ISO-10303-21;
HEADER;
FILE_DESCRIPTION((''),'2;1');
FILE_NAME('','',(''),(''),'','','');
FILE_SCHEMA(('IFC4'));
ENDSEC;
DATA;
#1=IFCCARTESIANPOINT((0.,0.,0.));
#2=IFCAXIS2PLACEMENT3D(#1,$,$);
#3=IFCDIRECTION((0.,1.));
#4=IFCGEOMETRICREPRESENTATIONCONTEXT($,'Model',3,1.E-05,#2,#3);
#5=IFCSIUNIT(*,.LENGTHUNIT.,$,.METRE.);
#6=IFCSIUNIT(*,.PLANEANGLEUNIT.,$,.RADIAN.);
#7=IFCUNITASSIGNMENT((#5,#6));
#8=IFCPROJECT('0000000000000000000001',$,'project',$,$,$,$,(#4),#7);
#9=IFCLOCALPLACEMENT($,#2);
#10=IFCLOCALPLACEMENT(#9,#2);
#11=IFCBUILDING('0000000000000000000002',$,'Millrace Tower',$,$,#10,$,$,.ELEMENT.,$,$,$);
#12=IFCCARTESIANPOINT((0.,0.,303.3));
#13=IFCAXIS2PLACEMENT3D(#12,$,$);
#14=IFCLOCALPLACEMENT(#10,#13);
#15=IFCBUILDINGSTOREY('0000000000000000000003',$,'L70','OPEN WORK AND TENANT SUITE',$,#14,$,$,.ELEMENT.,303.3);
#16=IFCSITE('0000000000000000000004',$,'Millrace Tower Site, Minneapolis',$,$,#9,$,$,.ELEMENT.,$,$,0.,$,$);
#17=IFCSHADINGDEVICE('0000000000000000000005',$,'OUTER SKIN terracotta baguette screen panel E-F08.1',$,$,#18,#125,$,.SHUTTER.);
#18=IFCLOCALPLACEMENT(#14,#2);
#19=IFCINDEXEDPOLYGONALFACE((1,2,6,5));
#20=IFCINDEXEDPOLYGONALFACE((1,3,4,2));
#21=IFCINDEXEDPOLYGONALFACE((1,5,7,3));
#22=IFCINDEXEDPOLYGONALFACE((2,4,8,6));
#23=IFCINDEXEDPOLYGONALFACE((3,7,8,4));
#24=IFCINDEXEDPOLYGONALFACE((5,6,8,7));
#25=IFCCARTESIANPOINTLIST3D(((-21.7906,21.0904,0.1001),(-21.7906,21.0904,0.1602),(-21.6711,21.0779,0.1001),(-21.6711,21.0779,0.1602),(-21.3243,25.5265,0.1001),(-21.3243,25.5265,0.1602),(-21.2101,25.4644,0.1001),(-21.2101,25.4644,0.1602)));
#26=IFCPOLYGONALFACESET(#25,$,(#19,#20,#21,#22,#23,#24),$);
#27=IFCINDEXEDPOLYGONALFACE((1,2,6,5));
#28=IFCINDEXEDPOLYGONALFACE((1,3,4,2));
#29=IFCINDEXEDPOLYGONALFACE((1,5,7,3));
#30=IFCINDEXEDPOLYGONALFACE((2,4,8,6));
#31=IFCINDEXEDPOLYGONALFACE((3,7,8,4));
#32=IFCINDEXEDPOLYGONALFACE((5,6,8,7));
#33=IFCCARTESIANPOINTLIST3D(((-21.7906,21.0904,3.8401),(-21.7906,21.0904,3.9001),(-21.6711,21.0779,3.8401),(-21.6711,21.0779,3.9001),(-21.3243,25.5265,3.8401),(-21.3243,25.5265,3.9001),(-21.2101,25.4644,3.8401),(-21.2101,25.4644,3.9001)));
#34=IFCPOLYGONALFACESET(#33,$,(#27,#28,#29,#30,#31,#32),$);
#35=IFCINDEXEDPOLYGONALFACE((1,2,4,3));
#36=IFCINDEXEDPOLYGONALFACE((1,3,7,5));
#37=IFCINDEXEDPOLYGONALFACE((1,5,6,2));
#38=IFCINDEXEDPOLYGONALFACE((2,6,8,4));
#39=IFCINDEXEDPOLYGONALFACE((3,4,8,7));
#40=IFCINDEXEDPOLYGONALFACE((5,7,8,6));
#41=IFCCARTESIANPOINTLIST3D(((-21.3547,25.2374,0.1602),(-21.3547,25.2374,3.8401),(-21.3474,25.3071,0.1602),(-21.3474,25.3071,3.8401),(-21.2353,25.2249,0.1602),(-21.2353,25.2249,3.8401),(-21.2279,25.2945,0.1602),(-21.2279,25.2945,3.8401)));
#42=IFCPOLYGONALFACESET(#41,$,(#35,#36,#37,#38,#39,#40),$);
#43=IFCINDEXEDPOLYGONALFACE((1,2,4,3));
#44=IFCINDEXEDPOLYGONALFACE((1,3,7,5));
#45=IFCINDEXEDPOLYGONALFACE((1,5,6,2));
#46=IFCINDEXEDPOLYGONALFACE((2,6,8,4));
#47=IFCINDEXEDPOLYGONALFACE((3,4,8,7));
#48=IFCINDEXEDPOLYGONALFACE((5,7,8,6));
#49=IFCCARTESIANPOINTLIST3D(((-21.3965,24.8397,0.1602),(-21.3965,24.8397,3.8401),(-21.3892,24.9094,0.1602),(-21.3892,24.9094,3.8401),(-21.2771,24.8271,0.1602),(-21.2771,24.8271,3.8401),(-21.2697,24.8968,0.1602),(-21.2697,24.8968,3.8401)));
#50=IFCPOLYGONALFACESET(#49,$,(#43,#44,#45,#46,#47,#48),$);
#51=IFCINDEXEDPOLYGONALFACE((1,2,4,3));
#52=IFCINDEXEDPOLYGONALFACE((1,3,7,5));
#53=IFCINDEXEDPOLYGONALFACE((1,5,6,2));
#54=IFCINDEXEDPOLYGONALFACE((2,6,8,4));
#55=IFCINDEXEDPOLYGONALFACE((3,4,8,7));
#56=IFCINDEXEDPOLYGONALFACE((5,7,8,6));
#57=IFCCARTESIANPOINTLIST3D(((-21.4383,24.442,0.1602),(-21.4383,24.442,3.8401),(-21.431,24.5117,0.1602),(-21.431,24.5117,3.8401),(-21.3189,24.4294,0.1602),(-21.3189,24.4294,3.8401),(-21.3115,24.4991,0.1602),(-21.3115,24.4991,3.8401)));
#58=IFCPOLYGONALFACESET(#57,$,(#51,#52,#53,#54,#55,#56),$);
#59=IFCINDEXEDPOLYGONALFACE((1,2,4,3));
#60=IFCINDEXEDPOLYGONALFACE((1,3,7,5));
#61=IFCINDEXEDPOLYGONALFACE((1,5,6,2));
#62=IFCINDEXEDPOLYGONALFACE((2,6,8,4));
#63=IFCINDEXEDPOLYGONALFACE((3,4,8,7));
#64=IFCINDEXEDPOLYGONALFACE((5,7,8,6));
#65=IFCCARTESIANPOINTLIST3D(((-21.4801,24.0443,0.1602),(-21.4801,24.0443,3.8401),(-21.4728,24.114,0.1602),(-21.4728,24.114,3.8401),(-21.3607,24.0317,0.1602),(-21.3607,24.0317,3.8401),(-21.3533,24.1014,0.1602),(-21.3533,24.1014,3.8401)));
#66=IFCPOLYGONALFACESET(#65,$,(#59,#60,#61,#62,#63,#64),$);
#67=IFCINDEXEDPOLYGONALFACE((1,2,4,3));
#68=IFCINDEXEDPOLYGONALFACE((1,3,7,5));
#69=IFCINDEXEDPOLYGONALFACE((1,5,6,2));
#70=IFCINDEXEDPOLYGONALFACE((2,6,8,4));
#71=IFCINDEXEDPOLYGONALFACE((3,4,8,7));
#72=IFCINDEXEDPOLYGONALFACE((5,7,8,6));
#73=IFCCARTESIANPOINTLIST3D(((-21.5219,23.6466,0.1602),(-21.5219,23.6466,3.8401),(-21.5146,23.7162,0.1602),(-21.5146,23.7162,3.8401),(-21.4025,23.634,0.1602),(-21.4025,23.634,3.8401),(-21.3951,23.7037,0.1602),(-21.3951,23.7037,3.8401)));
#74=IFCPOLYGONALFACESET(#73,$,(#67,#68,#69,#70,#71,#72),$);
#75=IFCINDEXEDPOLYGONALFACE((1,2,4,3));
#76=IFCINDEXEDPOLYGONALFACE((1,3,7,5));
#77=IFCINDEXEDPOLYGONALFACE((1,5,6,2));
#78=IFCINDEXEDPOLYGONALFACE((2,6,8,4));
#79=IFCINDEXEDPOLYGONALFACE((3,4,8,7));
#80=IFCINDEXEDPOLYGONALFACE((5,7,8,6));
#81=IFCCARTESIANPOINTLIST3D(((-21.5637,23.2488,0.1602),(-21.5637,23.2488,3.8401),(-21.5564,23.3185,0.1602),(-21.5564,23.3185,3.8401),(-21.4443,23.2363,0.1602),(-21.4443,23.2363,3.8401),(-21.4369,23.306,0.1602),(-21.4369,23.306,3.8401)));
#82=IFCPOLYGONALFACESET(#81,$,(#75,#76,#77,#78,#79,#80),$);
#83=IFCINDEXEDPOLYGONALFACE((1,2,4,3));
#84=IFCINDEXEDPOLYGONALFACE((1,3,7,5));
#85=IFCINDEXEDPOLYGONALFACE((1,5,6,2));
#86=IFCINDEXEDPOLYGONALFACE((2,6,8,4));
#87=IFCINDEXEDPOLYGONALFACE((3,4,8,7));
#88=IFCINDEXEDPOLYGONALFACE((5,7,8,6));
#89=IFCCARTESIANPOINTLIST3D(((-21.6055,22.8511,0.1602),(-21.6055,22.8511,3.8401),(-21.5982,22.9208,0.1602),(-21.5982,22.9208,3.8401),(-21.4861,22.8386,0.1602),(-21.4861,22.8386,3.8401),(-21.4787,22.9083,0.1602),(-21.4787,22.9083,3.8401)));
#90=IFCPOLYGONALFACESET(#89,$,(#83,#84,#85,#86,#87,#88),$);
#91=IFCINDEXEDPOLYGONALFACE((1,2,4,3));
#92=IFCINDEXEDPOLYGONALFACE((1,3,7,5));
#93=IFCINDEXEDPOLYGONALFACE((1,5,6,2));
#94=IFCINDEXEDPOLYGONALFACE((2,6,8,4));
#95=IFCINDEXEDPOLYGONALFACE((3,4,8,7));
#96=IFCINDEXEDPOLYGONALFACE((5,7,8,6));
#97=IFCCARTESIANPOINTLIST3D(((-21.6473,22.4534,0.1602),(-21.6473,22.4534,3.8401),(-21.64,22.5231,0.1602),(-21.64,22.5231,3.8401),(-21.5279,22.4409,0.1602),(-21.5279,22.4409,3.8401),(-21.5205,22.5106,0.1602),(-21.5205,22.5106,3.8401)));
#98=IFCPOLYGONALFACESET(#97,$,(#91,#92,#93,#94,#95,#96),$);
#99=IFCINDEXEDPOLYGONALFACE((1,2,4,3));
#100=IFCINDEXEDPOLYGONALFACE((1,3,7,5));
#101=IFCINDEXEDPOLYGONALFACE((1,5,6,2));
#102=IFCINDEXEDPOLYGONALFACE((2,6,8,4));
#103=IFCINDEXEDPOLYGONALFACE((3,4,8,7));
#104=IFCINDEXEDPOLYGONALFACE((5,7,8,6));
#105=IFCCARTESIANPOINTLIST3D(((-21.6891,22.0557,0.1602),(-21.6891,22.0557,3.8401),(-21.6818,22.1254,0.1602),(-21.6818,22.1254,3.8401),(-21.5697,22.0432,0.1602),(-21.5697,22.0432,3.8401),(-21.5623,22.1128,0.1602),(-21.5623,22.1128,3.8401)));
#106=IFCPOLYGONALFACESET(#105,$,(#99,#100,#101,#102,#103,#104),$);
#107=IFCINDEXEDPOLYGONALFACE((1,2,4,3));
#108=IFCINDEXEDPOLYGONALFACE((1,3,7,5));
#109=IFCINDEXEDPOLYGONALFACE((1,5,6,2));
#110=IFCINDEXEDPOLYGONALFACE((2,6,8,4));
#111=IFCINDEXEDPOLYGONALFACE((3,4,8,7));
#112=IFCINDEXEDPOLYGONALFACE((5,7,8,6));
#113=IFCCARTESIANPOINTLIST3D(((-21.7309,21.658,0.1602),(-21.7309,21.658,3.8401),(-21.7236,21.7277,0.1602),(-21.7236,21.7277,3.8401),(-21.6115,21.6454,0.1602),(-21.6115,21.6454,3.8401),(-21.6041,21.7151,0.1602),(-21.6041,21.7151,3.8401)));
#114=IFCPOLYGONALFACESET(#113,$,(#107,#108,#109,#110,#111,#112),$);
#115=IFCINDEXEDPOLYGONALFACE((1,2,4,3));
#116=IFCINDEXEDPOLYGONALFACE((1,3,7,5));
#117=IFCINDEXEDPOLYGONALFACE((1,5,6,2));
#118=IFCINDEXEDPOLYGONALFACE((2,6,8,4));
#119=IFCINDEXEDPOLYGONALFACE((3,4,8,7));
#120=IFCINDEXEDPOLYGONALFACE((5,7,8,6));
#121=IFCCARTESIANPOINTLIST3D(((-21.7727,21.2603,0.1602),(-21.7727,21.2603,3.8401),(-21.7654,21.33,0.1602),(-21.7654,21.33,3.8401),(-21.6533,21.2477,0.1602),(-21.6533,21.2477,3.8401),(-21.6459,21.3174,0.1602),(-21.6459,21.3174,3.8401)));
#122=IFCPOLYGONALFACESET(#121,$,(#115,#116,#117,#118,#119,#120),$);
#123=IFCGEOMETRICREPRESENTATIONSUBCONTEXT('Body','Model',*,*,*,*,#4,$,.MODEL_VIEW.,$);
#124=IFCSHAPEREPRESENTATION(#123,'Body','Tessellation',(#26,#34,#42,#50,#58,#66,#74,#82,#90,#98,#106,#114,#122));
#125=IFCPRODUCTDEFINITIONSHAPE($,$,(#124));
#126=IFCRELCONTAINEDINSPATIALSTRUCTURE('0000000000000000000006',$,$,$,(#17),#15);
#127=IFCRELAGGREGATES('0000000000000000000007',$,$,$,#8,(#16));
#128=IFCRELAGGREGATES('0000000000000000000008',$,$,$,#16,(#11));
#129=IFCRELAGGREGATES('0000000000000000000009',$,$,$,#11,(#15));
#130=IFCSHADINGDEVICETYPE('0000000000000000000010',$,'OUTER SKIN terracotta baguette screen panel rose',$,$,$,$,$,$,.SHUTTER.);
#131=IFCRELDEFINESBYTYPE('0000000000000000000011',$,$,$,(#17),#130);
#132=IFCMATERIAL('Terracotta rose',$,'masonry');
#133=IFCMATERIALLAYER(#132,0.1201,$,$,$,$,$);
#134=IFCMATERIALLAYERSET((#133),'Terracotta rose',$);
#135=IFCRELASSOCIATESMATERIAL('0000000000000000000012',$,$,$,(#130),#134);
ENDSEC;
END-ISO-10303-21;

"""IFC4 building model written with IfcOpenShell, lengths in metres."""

from ifc_helpers import new_model, entity, si_unit, direction, frame, frame_2d, origin, place, context, subcontext, project, spatial, rectangle, extrude, source, transform, mapped, material, layer, layer_set, type_object, element, save


model = new_model("IFC4")

# Units and contexts
model_context = context("Model", 3, precision=1e-05, world=origin(), true_north=direction((0.0, 1.0)))
body_context = subcontext(model_context, "Body", "Model", "MODEL_VIEW")
ifc_project = project(units=[si_unit("LENGTHUNIT", "METRE"), si_unit("PLANEANGLEUNIT", "RADIAN")], contexts=[model_context])

# Site, building, storey
site_placement = place(None, origin())
site = spatial("IfcSite", under=ifc_project, at=site_placement, Name="Millrace Tower Site, Minneapolis", CompositionType="ELEMENT", RefElevation=0.0)
building_placement = place(site_placement, origin())
building = spatial("IfcBuilding", under=site, at=building_placement, Name="Millrace Tower", CompositionType="ELEMENT")
storey_placement = place(building_placement, frame((0.0, 0.0, 303.3)))
storey = spatial("IfcBuildingStorey", under=building, at=storey_placement, Name="L70", Description="OPEN WORK AND TENANT SUITE", CompositionType="ELEMENT", Elevation=303.3)

# Shading device
ifc_material_1 = material(Name="Terracotta rose", Category="masonry")
ifc_layer_1 = layer(ifc_material_1, 0.1201)
ifc_layer_set_1 = layer_set([ifc_layer_1], Name="Terracotta rose")
shading_device_type = type_object("IfcShadingDeviceType", Name="OUTER SKIN terracotta baguette screen panel rose", PredefinedType="SHUTTER", material=ifc_layer_set_1)
cartesian_point_1 = entity("IfcCartesianPoint", [-2.1929, 0.0601])
shared_polyline_1 = entity("IfcPolyline", [cartesian_point_1, entity("IfcCartesianPoint", [2.2178, 0.0601]), entity("IfcCartesianPoint", [2.2178, -0.0601]), entity("IfcCartesianPoint", [-2.2427, -0.0601]), cartesian_point_1])
shared_shape_1 = source(origin(), body_context, "Body", "SweptSolid", [
    entity("IfcExtrudedAreaSolid", entity("IfcArbitraryClosedProfileDef", "AREA", None, shared_polyline_1), entity("IfcAxis2Placement3D", entity("IfcCartesianPoint", [0.0, 0.0, 0.0])), entity("IfcDirection", [0.0, 0.0, 1.0]), 0.0601),
    entity("IfcExtrudedAreaSolid", entity("IfcArbitraryClosedProfileDef", "AREA", None, shared_polyline_1), entity("IfcAxis2Placement3D", entity("IfcCartesianPoint", [0.0, 0.0, 3.74])), entity("IfcDirection", [0.0, 0.0, 1.0]), 0.0601),
    extrude(rectangle(XDim=0.0701, YDim=0.1201, at=frame_2d((-1.9871, 0.0))), frame((0.0, 0.0, 0.0601)), (0.0, 0.0, 1.0), 3.6799),
    extrude(rectangle(XDim=0.0701, YDim=0.1201, at=frame_2d((-1.5872, 0.0))), frame((0.0, 0.0, 0.0601)), (0.0, 0.0, 1.0), 3.6799),
    extrude(rectangle(XDim=0.0701, YDim=0.1201, at=frame_2d((-1.1873, 0.0))), frame((0.0, 0.0, 0.0601)), (0.0, 0.0, 1.0), 3.6799),
    extrude(rectangle(XDim=0.0701, YDim=0.1201, at=frame_2d((-0.7874, 0.0))), frame((0.0, 0.0, 0.0601)), (0.0, 0.0, 1.0), 3.6799),
    extrude(rectangle(XDim=0.0701, YDim=0.1201, at=frame_2d((-0.3875, 0.0))), frame((0.0, 0.0, 0.0601)), (0.0, 0.0, 1.0), 3.6799),
    extrude(rectangle(XDim=0.0701, YDim=0.1201, at=frame_2d((0.0125, 0.0))), frame((0.0, 0.0, 0.0601)), (0.0, 0.0, 1.0), 3.6799),
    extrude(rectangle(XDim=0.0701, YDim=0.1201, at=frame_2d((0.4124, 0.0))), frame((0.0, 0.0, 0.0601)), (0.0, 0.0, 1.0), 3.6799),
    extrude(rectangle(XDim=0.0701, YDim=0.1201, at=frame_2d((0.8123, 0.0))), frame((0.0, 0.0, 0.0601)), (0.0, 0.0, 1.0), 3.6799),
    extrude(rectangle(XDim=0.0701, YDim=0.1201, at=frame_2d((1.2122, 0.0))), frame((0.0, 0.0, 0.0601)), (0.0, 0.0, 1.0), 3.6799),
    extrude(rectangle(XDim=0.0701, YDim=0.1201, at=frame_2d((1.6121, 0.0))), frame((0.0, 0.0, 0.0601)), (0.0, 0.0, 1.0), 3.6799),
    extrude(rectangle(XDim=0.0701, YDim=0.1201, at=frame_2d((2.012, 0.0))), frame((0.0, 0.0, 0.0601)), (0.0, 0.0, 1.0), 3.6799),
])
shading_device_1_placement = place(storey_placement, frame((-21.499, 23.2898, 0.1001), z_axis=(0.0, 0.0, 1.0), x_axis=(-0.104528, -0.994522, 0.0)))
element("IfcShadingDevice", 1, at=shading_device_1_placement, inside=storey, type_object=shading_device_type, Name="OUTER SKIN terracotta baguette screen panel E-F08.1", PredefinedType="SHUTTER", context=body_context, shape_type="MappedRepresentation", body=[
    mapped(shared_shape_1, transform((0.0, 0.0, 0.0), scale=1.0)),
])

save(model, "model.ifc")
